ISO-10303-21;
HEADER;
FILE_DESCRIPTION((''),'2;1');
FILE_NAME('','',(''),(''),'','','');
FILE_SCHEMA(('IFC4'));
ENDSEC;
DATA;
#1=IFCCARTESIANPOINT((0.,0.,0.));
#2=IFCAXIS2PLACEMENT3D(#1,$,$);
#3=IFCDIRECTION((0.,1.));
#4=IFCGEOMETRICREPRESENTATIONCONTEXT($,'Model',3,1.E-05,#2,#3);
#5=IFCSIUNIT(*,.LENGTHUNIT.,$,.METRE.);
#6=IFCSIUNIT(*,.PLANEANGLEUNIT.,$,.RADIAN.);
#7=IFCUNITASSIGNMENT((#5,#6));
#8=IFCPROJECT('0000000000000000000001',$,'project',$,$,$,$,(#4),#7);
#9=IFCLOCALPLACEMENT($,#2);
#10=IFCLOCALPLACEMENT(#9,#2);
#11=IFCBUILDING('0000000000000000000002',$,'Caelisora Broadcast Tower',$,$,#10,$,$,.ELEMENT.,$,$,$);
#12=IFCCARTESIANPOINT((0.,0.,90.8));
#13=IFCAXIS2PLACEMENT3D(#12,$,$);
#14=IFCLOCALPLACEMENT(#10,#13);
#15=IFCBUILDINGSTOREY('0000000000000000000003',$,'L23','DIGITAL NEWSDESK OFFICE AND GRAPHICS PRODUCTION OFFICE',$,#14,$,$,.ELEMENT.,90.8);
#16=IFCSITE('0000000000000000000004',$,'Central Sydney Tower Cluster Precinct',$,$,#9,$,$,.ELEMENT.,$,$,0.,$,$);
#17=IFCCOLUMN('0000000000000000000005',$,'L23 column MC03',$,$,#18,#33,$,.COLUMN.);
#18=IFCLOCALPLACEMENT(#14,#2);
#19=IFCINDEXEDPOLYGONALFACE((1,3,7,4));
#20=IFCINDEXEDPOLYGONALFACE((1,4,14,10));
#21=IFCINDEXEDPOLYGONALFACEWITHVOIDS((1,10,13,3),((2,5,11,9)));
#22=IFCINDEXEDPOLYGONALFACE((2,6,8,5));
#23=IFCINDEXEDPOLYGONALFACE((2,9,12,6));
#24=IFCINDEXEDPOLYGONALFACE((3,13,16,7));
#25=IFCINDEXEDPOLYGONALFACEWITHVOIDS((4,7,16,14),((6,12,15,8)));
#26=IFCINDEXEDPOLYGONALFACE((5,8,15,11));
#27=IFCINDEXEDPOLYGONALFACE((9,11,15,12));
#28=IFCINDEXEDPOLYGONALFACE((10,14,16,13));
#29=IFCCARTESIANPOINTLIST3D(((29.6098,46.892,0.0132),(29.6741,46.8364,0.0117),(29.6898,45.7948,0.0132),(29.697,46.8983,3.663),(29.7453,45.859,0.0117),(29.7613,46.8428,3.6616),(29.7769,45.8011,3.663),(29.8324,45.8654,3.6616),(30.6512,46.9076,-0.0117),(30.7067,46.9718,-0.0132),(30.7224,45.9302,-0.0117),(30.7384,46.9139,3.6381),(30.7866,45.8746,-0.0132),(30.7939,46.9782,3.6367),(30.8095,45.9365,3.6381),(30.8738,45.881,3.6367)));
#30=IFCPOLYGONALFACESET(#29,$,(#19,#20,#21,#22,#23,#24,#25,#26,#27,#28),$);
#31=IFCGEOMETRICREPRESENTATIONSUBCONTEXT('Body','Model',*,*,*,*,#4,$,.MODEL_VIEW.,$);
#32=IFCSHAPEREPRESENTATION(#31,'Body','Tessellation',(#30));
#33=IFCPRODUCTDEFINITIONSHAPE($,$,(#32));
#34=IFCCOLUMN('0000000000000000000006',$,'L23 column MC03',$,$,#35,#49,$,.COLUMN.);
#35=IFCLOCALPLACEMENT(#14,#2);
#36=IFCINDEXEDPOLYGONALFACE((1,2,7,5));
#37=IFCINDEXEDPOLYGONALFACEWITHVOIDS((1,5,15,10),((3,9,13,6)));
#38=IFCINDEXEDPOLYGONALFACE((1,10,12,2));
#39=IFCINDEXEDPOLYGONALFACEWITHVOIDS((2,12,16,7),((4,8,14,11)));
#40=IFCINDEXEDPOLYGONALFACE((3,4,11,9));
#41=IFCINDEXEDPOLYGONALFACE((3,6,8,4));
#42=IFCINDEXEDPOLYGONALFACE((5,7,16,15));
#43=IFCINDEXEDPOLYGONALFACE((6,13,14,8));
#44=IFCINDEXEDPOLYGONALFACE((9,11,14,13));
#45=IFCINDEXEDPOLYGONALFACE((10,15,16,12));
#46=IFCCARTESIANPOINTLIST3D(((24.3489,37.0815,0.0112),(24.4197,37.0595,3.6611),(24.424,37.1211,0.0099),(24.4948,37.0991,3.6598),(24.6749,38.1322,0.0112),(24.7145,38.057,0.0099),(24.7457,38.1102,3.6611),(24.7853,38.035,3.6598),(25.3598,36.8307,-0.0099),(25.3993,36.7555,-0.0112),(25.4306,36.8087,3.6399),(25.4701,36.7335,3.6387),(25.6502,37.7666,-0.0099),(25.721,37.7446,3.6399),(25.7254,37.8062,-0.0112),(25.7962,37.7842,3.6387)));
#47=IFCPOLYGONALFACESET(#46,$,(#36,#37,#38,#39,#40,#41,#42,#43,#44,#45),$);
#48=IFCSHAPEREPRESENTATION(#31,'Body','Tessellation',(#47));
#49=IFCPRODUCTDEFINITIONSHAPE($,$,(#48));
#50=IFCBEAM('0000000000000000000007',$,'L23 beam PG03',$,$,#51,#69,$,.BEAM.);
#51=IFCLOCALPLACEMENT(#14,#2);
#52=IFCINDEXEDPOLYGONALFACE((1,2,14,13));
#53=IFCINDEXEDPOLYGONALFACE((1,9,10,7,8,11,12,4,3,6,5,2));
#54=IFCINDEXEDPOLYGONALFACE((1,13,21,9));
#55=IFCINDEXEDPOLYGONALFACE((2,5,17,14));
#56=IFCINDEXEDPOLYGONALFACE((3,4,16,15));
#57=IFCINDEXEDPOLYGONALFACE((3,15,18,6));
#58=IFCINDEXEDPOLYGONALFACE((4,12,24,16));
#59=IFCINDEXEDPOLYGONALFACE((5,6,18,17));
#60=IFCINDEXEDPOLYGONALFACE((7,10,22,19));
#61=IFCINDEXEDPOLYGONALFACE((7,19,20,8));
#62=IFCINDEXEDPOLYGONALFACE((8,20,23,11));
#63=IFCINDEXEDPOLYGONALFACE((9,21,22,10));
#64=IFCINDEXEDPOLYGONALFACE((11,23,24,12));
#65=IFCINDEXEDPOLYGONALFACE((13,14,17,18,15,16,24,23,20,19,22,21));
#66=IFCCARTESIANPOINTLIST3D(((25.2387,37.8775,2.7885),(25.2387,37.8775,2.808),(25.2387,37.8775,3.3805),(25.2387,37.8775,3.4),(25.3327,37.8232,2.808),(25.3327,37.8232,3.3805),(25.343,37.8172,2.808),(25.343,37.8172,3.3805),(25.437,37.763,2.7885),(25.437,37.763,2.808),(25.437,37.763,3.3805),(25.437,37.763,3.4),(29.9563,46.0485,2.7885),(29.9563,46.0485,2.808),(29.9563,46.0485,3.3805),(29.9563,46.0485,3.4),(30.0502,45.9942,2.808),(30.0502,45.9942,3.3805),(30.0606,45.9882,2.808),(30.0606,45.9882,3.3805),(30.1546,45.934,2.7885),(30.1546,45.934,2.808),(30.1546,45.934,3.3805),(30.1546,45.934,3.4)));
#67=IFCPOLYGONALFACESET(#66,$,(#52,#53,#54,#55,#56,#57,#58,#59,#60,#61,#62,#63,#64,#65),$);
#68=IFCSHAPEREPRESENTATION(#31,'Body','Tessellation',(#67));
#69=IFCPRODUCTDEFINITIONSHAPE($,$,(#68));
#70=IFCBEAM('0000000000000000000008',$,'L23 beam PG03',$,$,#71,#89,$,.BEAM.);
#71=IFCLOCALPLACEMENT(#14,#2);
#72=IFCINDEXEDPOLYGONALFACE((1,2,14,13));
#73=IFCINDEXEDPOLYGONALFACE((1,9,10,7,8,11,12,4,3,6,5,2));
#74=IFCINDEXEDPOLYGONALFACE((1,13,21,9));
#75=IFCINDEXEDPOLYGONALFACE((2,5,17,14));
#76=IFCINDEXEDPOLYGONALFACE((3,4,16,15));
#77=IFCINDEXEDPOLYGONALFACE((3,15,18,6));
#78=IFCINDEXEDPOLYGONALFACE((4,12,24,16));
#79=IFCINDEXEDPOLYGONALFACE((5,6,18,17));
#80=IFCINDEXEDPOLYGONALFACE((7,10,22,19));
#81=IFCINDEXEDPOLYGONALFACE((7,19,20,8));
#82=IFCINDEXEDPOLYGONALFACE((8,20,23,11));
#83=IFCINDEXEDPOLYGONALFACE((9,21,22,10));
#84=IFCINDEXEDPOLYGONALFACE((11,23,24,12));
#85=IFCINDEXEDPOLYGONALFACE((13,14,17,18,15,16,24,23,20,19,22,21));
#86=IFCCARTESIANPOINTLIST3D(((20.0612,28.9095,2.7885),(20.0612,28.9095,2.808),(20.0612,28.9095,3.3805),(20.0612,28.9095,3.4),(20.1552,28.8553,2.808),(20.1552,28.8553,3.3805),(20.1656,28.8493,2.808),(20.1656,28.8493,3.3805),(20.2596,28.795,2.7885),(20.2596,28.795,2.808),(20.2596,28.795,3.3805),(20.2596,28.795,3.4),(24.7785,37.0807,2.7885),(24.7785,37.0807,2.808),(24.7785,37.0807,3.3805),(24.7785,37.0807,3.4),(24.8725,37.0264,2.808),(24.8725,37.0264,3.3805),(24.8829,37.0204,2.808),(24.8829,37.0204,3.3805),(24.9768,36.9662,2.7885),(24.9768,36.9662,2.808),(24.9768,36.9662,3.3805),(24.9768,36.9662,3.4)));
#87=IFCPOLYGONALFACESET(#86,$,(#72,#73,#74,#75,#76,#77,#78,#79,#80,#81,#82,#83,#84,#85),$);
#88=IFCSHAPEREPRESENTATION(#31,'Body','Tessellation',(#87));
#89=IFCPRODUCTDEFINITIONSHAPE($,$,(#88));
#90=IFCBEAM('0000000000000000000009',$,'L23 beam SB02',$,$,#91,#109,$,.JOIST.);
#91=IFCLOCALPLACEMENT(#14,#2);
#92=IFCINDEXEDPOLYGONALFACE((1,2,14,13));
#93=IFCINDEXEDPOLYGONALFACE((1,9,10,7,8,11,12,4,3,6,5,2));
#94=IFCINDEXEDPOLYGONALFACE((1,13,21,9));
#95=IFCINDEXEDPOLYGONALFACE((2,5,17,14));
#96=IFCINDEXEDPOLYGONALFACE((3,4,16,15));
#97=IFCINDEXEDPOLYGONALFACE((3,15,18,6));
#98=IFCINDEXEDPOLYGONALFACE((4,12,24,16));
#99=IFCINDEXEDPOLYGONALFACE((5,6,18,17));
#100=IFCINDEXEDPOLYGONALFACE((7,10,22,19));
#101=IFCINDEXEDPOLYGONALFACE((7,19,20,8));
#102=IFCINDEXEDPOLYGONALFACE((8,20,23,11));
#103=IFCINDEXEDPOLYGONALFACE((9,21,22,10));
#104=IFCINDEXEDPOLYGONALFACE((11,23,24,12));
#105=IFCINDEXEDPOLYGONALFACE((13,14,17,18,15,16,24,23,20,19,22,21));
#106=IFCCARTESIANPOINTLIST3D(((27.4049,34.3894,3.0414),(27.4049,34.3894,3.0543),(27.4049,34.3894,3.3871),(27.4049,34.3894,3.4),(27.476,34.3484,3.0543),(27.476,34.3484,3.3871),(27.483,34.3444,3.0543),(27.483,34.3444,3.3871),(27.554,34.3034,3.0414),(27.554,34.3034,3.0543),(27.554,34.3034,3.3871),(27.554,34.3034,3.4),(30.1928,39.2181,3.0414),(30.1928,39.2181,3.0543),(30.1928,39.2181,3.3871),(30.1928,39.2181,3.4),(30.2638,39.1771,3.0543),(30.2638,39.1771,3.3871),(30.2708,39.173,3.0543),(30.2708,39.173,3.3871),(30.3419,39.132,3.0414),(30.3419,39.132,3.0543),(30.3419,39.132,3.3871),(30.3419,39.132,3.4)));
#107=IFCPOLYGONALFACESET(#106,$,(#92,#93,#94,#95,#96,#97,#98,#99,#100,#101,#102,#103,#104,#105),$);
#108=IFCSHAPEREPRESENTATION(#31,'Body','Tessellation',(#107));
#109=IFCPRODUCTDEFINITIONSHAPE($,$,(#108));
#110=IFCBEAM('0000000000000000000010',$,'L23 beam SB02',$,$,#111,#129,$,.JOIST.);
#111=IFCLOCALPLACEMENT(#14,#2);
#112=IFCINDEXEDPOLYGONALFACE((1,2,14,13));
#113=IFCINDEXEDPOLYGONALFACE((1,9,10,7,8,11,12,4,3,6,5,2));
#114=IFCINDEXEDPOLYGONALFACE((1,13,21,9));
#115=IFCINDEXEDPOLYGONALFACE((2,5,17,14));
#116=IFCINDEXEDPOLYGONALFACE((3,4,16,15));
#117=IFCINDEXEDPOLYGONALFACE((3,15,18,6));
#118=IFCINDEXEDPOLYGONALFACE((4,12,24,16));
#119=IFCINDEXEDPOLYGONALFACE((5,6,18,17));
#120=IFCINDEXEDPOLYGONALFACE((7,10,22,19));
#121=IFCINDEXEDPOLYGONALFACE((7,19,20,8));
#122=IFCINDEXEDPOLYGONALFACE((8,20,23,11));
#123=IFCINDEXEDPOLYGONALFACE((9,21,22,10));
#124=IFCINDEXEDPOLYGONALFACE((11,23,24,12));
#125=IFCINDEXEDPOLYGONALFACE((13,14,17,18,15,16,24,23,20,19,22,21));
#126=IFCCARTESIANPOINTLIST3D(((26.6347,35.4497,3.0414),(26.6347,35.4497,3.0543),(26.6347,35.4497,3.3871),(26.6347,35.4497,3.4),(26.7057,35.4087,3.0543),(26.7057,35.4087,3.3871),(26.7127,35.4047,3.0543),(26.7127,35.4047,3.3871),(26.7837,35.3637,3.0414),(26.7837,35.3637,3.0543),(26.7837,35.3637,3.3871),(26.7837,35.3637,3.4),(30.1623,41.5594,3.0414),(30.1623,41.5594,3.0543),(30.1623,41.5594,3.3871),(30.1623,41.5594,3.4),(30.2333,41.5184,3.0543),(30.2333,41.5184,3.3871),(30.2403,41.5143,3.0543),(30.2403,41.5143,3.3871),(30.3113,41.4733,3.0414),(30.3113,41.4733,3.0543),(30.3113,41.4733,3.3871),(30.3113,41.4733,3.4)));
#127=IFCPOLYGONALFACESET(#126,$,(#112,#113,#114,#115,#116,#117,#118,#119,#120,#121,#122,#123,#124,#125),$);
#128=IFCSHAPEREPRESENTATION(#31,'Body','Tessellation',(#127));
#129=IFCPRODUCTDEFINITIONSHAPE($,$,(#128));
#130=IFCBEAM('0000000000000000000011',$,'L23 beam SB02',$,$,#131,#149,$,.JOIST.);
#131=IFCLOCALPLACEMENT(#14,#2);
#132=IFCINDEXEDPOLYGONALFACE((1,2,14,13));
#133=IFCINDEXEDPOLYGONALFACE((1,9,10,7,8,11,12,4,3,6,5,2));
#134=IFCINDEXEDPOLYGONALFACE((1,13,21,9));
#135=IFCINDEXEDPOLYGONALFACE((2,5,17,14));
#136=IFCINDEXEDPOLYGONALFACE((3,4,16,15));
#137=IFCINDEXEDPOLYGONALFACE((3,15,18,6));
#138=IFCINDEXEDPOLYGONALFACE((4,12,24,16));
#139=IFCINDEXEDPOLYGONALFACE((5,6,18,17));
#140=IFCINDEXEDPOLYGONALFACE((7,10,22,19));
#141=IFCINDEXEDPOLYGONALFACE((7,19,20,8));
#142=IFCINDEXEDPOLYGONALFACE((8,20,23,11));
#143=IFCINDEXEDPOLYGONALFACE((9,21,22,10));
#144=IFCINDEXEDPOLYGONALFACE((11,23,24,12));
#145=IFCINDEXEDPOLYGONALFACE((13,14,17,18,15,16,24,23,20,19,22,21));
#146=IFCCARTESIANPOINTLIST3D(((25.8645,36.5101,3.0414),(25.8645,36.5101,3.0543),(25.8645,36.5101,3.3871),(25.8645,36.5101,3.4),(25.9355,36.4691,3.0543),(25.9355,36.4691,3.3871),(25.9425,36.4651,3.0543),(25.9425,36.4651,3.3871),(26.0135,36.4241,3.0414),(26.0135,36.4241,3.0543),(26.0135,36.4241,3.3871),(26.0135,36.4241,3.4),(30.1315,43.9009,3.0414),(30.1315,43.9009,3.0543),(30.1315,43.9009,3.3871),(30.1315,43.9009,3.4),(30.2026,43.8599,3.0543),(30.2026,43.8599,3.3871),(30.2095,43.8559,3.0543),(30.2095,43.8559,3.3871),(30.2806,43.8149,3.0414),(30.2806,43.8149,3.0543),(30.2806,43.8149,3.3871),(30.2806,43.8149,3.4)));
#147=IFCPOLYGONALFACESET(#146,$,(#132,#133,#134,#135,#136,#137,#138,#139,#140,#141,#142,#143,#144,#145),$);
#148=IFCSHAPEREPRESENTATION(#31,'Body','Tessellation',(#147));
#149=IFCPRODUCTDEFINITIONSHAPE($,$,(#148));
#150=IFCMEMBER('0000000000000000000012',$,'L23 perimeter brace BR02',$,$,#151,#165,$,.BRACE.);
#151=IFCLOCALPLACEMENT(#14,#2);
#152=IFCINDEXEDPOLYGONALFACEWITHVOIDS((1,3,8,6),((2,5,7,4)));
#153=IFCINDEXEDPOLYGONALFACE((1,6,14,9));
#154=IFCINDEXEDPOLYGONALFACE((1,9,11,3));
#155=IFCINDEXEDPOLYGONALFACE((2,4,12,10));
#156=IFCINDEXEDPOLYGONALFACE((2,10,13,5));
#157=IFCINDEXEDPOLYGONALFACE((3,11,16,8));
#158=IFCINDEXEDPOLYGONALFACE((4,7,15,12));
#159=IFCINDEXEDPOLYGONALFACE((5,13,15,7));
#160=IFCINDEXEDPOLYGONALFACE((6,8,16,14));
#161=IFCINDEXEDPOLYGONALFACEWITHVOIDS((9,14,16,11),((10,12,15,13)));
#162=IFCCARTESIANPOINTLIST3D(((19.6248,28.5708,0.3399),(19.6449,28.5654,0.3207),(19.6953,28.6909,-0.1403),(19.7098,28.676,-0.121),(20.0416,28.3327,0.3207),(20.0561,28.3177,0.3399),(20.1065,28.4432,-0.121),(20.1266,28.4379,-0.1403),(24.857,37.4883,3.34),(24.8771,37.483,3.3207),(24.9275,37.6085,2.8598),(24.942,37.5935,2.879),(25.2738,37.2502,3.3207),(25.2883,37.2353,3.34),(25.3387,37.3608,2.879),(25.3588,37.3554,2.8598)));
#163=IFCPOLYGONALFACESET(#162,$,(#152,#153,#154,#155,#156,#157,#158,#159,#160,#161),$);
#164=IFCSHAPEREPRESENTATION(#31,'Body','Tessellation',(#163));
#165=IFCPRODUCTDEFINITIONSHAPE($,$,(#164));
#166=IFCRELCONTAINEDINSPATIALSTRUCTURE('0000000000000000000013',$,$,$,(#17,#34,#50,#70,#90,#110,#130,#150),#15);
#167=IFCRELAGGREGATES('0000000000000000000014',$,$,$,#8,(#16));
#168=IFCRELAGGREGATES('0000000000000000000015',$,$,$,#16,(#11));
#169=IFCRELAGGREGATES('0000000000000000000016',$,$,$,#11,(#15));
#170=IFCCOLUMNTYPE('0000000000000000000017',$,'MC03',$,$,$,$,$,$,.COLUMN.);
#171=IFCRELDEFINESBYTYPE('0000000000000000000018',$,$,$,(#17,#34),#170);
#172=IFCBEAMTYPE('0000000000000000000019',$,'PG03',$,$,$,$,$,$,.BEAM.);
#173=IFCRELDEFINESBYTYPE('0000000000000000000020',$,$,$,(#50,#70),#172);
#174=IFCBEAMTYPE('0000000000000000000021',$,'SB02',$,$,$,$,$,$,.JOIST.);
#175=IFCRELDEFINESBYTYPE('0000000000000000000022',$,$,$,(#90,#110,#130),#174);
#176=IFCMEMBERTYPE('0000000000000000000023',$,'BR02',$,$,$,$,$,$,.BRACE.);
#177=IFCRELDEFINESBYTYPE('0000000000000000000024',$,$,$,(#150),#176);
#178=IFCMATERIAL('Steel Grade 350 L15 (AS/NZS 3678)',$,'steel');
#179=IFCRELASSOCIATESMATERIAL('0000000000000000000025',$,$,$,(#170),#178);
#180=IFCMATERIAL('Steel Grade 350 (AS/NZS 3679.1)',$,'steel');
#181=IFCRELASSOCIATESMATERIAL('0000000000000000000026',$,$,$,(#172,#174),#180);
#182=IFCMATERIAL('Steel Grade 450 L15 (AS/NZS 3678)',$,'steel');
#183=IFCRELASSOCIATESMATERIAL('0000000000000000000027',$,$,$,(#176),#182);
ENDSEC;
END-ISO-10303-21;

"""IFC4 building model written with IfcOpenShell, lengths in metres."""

from ifc_helpers import new_model, si_unit, direction, frame, origin, origin_2d, place, context, subcontext, project, spatial, hollow_rectangle, i_section, extrude, source, transform, mapped, material, material_profile, profile_set, type_object, type_shapes, element, save


model = new_model("IFC4")

# Units and contexts
model_context = context("Model", 3, precision=1e-05, world=origin(), true_north=direction((0.0, 1.0)))
body_context = subcontext(model_context, "Body", "Model", "MODEL_VIEW")
ifc_project = project(units=[si_unit("LENGTHUNIT", "METRE"), si_unit("PLANEANGLEUNIT", "RADIAN")], contexts=[model_context])

# Site, building, storey
site_placement = place(None, origin())
site = spatial("IfcSite", under=ifc_project, at=site_placement, Name="Central Sydney Tower Cluster Precinct", CompositionType="ELEMENT", RefElevation=0.0)
building_placement = place(site_placement, origin())
building = spatial("IfcBuilding", under=site, at=building_placement, Name="Caelisora Broadcast Tower", CompositionType="ELEMENT")
storey_placement = place(building_placement, frame((0.0, 0.0, 90.8)))
storey = spatial("IfcBuildingStorey", under=building, at=storey_placement, Name="L23", Description="DIGITAL NEWSDESK OFFICE AND GRAPHICS PRODUCTION OFFICE", CompositionType="ELEMENT", Elevation=90.8)

# Columns
ifc_material_1 = material(Name="Steel Grade 350 L15 (AS/NZS 3678)", Category="steel")
ifc_material_profile_1 = material_profile(ifc_material_1, hollow_rectangle(XDim=1.1001, YDim=1.1001, WallThickness=0.0601, at=origin_2d()), Name="Steel Grade 350 L15 (AS/NZS 3678)")
ifc_profile_set_1 = profile_set([ifc_material_profile_1], Name="Steel Grade 350 L15 (AS/NZS 3678)")
column_type = type_object("IfcColumnType", Name="MC03", PredefinedType="COLUMN", material=ifc_profile_set_1)
shared_shape_1 = source(origin(), body_context, "Body", "SweptSolid", [
    extrude(hollow_rectangle(XDim=1.1001, YDim=1.1001, WallThickness=0.0601, at=origin_2d()), origin(), (0.0, 0.0, 1.0), 3.6509),
])
column_1_placement = place(storey_placement, frame((30.1982, 46.3833, 0.0), z_axis=(0.023873, 0.001739, 0.999713), x_axis=(-0.072637, 0.997358, 0.0)))
element("IfcColumn", 1, at=column_1_placement, inside=storey, type_object=column_type, Name="L23 column MC03", PredefinedType="COLUMN", context=body_context, shape_type="MappedRepresentation", body=[
    mapped(shared_shape_1, transform((0.0, 0.0, 0.0), scale=1.0)),
])
shared_shape_2 = source(origin(), body_context, "Body", "SweptSolid", [
    extrude(hollow_rectangle(XDim=1.1001, YDim=1.1001, WallThickness=0.0601, at=origin_2d()), origin(), (0.0, 0.0, 1.0), 3.6506),
])
type_shapes(column_type, [shared_shape_1, shared_shape_2])
column_2_placement = place(storey_placement, frame((25.0371, 37.4438, 0.0), z_axis=(0.019394, -0.006019, 0.999794), x_axis=(0.296399, 0.955064, 0.0)))
element("IfcColumn", 2, at=column_2_placement, inside=storey, type_object=column_type, Name="L23 column MC03", PredefinedType="COLUMN", context=body_context, shape_type="MappedRepresentation", body=[
    mapped(shared_shape_2, transform((0.0, 0.0, 0.0), scale=1.0)),
])

# Beams
ifc_material_2 = material(Name="Steel Grade 350 (AS/NZS 3679.1)", Category="steel")
ifc_material_profile_2 = material_profile(ifc_material_2, i_section(OverallWidth=0.229, OverallDepth=0.6116, WebThickness=0.012, FlangeThickness=0.0195, at=origin_2d()), Name="Steel Grade 350 (AS/NZS 3679.1)")
ifc_profile_set_2 = profile_set([ifc_material_profile_2], Name="Steel Grade 350 (AS/NZS 3679.1)")
beam_type_1 = type_object("IfcBeamType", Name="PG03", PredefinedType="BEAM", material=ifc_profile_set_2)
shared_shape_3 = source(origin(), body_context, "Body", "SweptSolid", [
    extrude(i_section(OverallWidth=0.229, OverallDepth=0.6116, WebThickness=0.012, FlangeThickness=0.0195, at=origin_2d()), origin(), (0.0, 0.0, 1.0), 9.4351),
])
type_shapes(beam_type_1, [shared_shape_3])
for number, where, z_axis, x_axis, name in (
    (3, (30.0554, 45.9912, 3.0942), (-0.500005, -0.866023, 0.0), (0.866023, -0.500005, 0.0), "L23 beam PG03"),
    (4, (24.8777, 37.0234, 3.0942), (-0.499974, -0.86604, 0.0), (0.86604, -0.499974, 0.0), "L23 beam PG03"),
):
    element("IfcBeam", number, at=place(storey_placement, frame(where, z_axis=z_axis, x_axis=x_axis)), inside=storey, type_object=beam_type_1, Name=name, PredefinedType="BEAM", context=body_context, shape_type="MappedRepresentation", body=[
        mapped(shared_shape_3, transform((0.0, 0.0, 0.0), scale=1.0)),
    ])
ifc_material_profile_3 = material_profile(ifc_material_2, i_section(OverallWidth=0.1721, OverallDepth=0.3586, WebThickness=0.0081, FlangeThickness=0.0129, at=origin_2d()), Name="Steel Grade 350 (AS/NZS 3679.1)")
ifc_profile_set_3 = profile_set([ifc_material_profile_3], Name="Steel Grade 350 (AS/NZS 3679.1)")
beam_type_2 = type_object("IfcBeamType", Name="SB02", PredefinedType="JOIST", material=ifc_profile_set_3)
shared_shape_4 = source(origin(), body_context, "Body", "SweptSolid", [
    extrude(i_section(OverallWidth=0.1721, OverallDepth=0.3586, WebThickness=0.0081, FlangeThickness=0.0129, at=origin_2d()), origin(), (0.0, 0.0, 1.0), 5.5757),
])
beam_1_placement = place(storey_placement, frame((30.2673, 39.175, 3.2207), z_axis=(-0.500005, -0.866022, 0.0), x_axis=(0.866022, -0.500005, 0.0)))
element("IfcBeam", 5, at=beam_1_placement, inside=storey, type_object=beam_type_2, Name="L23 beam SB02", PredefinedType="JOIST", context=body_context, shape_type="MappedRepresentation", body=[
    mapped(shared_shape_4, transform((0.0, 0.0, 0.0), scale=1.0)),
])
shared_shape_5 = source(origin(), body_context, "Body", "SweptSolid", [
    extrude(i_section(OverallWidth=0.1721, OverallDepth=0.3586, WebThickness=0.0081, FlangeThickness=0.0129, at=origin_2d()), origin(), (0.0, 0.0, 1.0), 7.0549),
])
beam_2_placement = place(storey_placement, frame((30.2368, 41.5164, 3.2207), z_axis=(-0.500021, -0.866013, 0.0), x_axis=(0.866013, -0.500021, 0.0)))
element("IfcBeam", 6, at=beam_2_placement, inside=storey, type_object=beam_type_2, Name="L23 beam SB02", PredefinedType="JOIST", context=body_context, shape_type="MappedRepresentation", body=[
    mapped(shared_shape_5, transform((0.0, 0.0, 0.0), scale=1.0)),
])
shared_shape_6 = source(origin(), body_context, "Body", "SweptSolid", [
    extrude(i_section(OverallWidth=0.1721, OverallDepth=0.3586, WebThickness=0.0081, FlangeThickness=0.0129, at=origin_2d()), origin(), (0.0, 0.0, 1.0), 8.5342),
])
type_shapes(beam_type_2, [shared_shape_4, shared_shape_5, shared_shape_6])
beam_3_placement = place(storey_placement, frame((30.2061, 43.8579, 3.2207), z_axis=(-0.499997, -0.866027, 0.0), x_axis=(0.866027, -0.499997, 0.0)))
element("IfcBeam", 7, at=beam_3_placement, inside=storey, type_object=beam_type_2, Name="L23 beam SB02", PredefinedType="JOIST", context=body_context, shape_type="MappedRepresentation", body=[
    mapped(shared_shape_6, transform((0.0, 0.0, 0.0), scale=1.0)),
])

# Member
ifc_material_3 = material(Name="Steel Grade 450 L15 (AS/NZS 3678)", Category="steel")
ifc_material_profile_4 = material_profile(ifc_material_3, hollow_rectangle(XDim=0.5, YDim=0.5, WallThickness=0.02, at=origin_2d()), Name="Steel Grade 450 L15 (AS/NZS 3678)")
ifc_profile_set_4 = profile_set([ifc_material_profile_4], Name="Steel Grade 450 L15 (AS/NZS 3678)")
member_type_1 = type_object("IfcMemberType", Name="BR02", PredefinedType="BRACE", material=ifc_profile_set_4)
shared_shape_7 = source(origin(), body_context, "Body", "SweptSolid", [
    extrude(hollow_rectangle(XDim=0.5, YDim=0.5, WallThickness=0.02, at=origin_2d()), origin(), (0.0, 0.0, 1.0), 10.7656),
])
type_shapes(member_type_1, [shared_shape_7])
member_1_placement = place(storey_placement, frame((25.1079, 37.4219, 3.0999), z_axis=(-0.486011, -0.828335, -0.278667), x_axis=(0.8625, -0.506057, 0.0)))
element("IfcMember", 8, at=member_1_placement, inside=storey, type_object=member_type_1, Name="L23 perimeter brace BR02", PredefinedType="BRACE", context=body_context, shape_type="MappedRepresentation", body=[
    mapped(shared_shape_7, transform((0.0, 0.0, 0.0), scale=1.0)),
])

save(model, "model.ifc")
